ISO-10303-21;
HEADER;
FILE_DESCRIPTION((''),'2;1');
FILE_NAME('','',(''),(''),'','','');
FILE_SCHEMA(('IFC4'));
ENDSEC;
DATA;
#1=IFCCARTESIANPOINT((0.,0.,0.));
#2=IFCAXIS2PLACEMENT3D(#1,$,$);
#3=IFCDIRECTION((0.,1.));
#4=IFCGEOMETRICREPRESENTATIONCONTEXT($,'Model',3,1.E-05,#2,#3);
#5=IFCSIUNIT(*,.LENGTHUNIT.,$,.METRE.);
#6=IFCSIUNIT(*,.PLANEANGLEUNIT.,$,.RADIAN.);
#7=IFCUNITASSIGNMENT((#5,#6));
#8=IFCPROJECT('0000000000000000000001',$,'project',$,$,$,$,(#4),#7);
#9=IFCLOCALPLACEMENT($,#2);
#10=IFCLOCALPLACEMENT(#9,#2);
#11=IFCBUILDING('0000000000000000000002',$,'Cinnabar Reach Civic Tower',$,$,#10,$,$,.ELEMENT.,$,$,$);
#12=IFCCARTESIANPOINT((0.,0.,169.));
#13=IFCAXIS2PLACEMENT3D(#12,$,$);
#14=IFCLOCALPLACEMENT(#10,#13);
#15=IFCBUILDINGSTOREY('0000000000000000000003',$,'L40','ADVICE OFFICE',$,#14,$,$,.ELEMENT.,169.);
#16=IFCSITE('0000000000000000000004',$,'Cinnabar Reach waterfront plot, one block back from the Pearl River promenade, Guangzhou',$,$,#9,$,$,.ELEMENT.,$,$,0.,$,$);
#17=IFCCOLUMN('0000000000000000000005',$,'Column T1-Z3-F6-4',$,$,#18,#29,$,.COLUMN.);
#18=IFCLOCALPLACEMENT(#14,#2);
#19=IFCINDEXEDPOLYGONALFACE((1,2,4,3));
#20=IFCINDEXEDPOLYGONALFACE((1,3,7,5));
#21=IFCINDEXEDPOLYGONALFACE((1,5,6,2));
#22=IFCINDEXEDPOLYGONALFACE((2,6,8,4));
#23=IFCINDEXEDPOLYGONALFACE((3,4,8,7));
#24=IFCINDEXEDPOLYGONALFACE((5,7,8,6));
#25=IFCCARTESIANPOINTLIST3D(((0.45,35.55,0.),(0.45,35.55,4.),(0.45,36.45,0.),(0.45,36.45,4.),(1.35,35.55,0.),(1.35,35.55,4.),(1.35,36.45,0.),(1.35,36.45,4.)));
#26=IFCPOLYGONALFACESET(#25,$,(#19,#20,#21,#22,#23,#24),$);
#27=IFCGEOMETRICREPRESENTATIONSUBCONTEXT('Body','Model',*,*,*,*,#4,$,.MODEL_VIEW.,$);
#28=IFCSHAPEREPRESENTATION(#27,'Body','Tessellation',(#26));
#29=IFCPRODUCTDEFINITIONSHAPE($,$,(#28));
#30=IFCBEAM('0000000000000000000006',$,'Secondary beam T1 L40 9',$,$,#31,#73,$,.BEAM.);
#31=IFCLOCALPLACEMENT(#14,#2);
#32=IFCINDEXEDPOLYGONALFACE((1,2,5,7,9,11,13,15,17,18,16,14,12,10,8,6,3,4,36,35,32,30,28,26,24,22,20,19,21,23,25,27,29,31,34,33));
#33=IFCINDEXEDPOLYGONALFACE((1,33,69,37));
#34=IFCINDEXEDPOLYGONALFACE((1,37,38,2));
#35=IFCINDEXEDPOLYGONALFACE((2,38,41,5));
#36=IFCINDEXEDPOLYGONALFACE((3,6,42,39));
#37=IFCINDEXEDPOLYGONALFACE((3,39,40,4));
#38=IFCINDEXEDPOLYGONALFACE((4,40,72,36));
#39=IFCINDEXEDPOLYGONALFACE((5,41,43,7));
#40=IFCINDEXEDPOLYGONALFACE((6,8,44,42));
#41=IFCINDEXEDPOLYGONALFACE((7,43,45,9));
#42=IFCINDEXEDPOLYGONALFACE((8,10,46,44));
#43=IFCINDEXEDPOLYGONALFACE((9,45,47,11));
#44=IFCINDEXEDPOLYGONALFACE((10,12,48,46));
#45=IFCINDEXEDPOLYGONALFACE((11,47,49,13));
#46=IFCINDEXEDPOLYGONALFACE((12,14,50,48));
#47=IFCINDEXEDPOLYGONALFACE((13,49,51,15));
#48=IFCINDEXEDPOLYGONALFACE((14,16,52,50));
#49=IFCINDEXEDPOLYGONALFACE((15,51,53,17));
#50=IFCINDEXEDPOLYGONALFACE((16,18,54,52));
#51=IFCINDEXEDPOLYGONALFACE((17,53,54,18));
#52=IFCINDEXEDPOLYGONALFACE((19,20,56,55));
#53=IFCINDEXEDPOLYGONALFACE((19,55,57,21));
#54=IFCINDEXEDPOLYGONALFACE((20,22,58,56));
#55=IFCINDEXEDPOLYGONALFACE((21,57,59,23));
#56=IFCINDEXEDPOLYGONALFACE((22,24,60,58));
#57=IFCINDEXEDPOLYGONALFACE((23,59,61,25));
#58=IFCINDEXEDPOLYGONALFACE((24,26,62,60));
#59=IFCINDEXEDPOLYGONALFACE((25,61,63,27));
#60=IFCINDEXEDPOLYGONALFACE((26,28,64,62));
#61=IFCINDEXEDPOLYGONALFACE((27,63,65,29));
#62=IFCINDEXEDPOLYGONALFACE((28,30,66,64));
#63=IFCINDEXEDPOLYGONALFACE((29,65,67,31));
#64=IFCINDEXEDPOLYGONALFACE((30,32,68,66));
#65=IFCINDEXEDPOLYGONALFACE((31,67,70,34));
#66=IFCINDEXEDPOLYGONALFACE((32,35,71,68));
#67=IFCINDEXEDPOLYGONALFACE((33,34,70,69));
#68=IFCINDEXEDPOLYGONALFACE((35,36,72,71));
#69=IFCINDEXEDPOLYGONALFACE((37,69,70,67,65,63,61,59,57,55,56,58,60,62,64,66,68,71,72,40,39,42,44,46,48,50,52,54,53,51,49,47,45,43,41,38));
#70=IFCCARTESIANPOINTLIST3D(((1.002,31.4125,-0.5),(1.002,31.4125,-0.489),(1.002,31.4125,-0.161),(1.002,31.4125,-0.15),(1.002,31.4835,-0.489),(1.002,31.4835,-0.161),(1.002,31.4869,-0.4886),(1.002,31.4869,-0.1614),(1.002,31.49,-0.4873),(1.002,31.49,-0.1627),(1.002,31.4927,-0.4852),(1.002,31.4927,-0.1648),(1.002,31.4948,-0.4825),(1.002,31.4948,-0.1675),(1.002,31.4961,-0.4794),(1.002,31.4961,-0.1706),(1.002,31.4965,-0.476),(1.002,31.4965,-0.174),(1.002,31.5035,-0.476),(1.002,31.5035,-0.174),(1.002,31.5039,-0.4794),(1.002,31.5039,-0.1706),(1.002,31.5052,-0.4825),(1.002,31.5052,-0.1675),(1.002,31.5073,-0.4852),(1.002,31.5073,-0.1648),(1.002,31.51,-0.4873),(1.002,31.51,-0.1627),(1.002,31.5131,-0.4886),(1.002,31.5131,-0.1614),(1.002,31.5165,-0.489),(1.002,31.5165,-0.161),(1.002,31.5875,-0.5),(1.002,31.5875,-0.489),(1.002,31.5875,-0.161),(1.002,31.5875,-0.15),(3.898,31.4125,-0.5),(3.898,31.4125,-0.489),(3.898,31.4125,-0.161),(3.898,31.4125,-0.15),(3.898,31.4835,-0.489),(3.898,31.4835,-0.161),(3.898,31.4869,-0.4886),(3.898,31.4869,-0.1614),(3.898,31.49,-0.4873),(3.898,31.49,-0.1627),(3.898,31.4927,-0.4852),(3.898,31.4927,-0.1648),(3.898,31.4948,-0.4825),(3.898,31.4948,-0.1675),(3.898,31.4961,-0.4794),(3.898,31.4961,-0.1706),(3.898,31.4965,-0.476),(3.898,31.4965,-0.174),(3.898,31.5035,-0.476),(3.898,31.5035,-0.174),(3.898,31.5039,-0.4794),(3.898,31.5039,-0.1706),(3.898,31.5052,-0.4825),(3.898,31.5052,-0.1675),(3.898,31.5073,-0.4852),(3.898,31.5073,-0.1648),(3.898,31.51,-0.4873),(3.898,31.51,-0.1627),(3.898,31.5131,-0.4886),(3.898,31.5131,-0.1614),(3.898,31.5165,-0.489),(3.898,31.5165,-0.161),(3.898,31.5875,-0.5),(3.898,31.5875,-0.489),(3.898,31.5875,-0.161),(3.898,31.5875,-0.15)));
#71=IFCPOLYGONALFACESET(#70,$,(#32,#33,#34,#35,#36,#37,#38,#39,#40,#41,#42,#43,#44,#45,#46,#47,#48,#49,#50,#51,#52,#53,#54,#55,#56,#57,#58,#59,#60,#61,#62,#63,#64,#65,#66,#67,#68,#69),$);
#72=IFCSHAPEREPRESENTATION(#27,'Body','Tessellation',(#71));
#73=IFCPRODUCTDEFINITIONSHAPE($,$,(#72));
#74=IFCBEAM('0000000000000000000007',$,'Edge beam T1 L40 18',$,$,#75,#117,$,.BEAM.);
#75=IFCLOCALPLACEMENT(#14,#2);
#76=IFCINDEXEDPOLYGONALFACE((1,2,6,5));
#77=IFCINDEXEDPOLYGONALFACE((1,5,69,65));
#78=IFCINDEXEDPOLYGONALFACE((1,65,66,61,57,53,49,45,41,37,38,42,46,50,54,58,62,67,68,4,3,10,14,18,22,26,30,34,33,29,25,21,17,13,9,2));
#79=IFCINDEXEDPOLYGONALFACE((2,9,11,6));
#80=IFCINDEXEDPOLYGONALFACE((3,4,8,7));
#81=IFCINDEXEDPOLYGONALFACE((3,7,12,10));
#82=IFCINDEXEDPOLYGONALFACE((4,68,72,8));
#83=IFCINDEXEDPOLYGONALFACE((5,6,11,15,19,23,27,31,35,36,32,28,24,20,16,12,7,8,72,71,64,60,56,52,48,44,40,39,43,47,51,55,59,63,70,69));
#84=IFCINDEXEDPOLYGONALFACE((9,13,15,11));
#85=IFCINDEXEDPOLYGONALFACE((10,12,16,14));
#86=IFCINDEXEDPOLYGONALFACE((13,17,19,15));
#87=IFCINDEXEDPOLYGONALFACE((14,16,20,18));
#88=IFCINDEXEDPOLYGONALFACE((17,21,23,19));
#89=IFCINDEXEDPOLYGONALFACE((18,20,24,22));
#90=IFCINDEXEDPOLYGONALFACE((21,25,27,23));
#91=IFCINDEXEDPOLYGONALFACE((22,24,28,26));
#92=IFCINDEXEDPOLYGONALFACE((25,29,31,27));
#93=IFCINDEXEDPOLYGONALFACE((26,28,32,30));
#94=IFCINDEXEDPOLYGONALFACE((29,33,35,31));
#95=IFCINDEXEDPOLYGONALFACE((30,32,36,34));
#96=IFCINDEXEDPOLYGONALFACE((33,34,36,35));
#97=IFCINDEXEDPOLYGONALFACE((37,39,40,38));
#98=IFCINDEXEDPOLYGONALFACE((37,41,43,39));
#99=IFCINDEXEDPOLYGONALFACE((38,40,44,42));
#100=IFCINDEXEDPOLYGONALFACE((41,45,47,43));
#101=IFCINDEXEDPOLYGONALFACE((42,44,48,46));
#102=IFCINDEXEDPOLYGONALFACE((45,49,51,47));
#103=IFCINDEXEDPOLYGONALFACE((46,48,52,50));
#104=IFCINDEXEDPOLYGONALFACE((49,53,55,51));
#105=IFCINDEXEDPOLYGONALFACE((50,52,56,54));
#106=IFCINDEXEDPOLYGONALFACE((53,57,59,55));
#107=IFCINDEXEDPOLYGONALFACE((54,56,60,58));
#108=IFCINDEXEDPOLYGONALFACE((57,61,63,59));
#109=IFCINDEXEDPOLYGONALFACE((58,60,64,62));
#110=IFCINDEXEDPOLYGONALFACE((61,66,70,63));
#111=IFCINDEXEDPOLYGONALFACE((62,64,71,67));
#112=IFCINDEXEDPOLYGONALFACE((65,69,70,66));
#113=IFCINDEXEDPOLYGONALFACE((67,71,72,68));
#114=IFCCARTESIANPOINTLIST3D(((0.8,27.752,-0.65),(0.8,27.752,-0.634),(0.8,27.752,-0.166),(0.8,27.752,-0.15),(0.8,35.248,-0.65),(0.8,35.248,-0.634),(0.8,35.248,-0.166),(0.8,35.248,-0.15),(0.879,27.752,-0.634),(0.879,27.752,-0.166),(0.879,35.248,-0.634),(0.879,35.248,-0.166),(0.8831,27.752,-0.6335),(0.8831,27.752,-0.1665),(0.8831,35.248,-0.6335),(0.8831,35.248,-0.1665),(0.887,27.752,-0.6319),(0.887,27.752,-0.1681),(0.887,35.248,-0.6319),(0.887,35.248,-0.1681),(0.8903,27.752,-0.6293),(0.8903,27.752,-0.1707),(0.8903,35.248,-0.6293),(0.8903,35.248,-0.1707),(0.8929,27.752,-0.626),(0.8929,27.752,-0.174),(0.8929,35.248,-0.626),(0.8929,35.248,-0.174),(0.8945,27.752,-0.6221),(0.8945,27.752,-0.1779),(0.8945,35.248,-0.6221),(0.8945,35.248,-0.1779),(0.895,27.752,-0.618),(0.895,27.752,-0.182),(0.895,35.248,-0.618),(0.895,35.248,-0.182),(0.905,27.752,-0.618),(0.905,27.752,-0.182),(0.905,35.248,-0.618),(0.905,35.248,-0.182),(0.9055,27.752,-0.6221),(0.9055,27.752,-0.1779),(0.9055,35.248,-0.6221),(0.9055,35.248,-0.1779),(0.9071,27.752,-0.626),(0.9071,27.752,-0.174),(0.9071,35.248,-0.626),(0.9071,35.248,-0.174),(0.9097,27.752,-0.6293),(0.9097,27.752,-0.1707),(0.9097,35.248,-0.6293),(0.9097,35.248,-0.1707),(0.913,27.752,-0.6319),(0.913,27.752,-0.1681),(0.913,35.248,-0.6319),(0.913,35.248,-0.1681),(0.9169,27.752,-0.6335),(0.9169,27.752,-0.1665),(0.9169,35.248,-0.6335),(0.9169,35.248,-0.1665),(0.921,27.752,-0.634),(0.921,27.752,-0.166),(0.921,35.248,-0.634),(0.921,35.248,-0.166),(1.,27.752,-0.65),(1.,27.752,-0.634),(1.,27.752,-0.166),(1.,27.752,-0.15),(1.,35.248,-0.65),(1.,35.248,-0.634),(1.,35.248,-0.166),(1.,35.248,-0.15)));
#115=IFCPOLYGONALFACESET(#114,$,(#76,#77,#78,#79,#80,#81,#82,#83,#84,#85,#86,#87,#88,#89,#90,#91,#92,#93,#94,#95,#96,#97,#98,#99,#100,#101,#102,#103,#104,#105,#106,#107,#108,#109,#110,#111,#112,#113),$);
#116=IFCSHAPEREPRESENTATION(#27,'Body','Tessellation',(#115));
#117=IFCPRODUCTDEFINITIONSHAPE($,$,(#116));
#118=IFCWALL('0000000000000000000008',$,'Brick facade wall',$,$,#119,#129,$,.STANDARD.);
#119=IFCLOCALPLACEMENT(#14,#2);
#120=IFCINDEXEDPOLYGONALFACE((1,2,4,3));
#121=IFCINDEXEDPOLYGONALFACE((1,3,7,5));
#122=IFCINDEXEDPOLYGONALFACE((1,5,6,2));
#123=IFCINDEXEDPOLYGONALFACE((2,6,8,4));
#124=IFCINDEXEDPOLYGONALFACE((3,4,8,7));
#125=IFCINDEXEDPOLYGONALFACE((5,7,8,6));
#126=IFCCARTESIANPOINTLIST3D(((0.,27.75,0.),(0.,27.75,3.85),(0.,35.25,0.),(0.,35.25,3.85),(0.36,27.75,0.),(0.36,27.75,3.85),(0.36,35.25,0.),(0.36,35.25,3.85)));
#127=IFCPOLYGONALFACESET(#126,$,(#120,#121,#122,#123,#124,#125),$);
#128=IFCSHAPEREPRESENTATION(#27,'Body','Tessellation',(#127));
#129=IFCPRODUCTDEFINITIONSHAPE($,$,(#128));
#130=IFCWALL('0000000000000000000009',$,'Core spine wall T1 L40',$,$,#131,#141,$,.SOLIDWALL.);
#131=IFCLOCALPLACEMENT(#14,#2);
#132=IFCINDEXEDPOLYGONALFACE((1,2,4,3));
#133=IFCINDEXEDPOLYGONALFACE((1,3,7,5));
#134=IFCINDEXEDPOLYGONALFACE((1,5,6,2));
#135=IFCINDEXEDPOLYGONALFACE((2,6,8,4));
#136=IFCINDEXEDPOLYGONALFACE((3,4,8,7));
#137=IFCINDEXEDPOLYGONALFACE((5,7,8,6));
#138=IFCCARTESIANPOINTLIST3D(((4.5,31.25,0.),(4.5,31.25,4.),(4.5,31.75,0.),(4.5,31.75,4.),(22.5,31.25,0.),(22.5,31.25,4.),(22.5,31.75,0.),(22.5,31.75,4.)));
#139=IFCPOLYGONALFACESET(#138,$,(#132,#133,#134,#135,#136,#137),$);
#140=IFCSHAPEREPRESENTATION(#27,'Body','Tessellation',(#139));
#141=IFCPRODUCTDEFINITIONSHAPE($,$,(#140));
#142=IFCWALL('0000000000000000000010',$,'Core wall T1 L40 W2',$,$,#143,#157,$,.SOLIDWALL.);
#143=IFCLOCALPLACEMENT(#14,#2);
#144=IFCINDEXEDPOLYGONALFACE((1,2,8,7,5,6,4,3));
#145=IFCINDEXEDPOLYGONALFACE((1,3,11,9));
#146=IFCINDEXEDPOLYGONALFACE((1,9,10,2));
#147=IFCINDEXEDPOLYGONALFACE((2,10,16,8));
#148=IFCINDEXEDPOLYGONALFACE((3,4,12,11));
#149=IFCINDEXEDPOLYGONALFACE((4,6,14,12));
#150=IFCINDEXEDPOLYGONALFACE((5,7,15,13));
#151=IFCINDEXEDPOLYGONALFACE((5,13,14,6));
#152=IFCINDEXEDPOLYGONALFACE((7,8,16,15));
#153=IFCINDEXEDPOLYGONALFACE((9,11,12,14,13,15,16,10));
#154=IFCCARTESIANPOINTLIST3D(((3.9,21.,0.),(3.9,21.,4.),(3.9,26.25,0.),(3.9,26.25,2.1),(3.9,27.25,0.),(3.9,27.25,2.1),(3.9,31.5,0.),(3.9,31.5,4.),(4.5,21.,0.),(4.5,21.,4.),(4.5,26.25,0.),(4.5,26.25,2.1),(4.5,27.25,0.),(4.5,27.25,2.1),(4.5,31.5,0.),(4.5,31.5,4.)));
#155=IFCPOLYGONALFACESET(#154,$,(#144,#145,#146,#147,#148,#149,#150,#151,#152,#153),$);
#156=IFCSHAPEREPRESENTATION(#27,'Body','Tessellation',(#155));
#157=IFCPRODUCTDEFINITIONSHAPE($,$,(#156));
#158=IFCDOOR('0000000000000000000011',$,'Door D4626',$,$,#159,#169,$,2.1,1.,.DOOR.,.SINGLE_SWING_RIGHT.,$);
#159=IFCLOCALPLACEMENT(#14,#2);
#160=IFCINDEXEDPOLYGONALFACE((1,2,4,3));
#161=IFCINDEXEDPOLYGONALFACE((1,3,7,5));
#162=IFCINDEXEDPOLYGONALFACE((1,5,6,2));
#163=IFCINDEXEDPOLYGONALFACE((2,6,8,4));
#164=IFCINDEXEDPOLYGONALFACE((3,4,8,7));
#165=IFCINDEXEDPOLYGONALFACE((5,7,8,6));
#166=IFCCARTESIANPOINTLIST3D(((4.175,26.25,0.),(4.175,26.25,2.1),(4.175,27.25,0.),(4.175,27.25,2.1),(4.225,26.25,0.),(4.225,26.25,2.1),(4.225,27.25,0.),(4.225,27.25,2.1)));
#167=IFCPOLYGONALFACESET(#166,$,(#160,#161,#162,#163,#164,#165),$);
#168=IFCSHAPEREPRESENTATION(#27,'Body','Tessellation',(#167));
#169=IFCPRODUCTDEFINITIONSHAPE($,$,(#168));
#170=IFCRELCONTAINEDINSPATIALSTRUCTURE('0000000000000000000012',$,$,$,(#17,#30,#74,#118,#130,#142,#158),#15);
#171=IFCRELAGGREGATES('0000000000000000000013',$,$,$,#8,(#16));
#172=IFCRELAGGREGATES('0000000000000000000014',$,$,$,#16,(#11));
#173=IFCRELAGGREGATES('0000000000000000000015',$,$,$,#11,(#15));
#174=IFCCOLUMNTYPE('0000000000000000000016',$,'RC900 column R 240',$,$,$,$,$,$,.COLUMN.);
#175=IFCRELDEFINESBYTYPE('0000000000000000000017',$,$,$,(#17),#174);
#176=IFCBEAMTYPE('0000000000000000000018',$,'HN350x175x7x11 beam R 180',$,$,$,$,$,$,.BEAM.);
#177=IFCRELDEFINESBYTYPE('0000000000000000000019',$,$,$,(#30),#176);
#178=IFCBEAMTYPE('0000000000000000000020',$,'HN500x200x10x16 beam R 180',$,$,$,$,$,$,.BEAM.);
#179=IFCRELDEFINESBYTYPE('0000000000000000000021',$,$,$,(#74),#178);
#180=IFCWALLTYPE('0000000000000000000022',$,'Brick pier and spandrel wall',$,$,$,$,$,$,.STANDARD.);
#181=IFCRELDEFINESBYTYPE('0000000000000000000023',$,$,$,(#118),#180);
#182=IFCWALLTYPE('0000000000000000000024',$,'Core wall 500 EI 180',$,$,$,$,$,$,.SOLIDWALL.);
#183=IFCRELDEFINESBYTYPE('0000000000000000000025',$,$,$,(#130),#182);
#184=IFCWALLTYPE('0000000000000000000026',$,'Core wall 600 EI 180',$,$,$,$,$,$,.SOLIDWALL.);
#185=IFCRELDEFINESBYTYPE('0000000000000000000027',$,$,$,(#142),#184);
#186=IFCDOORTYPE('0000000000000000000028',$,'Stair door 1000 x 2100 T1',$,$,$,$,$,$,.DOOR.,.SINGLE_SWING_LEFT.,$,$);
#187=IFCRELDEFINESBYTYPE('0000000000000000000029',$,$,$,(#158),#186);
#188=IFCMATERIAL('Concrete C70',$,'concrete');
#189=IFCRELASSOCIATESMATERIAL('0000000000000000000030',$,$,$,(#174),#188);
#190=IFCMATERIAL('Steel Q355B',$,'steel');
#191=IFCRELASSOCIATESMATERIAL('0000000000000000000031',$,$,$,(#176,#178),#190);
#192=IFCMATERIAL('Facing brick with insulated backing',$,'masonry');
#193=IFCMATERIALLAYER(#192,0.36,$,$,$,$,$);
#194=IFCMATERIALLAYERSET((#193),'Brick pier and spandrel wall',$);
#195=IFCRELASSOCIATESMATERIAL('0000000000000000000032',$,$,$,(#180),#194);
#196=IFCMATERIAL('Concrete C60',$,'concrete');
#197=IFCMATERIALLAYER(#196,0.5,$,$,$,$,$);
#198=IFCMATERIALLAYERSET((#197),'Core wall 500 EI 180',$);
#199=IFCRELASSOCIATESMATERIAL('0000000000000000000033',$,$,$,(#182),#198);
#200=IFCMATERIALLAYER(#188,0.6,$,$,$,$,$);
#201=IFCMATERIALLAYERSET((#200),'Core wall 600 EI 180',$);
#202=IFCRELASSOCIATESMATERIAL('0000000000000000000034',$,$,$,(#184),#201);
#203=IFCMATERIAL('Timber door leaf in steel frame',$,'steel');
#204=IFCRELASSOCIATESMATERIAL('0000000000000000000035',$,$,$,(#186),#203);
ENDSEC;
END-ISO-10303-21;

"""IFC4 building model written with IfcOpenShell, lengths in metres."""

from ifc_helpers import new_model, si_unit, direction, frame, frame_2d, origin, origin_2d, place, context, subcontext, project, spatial, rectangle, i_section, extrude, material, layer, layer_set, material_profile, profile_set, type_object, element, fill, save


model = new_model("IFC4")

# Units and contexts
model_context = context("Model", 3, precision=1e-05, world=origin(), true_north=direction((0.0, 1.0)))
body_context = subcontext(model_context, "Body", "Model", "MODEL_VIEW")
ifc_project = project(units=[si_unit("LENGTHUNIT", "METRE"), si_unit("PLANEANGLEUNIT", "RADIAN")], contexts=[model_context])

# Site, building, storey
site_placement = place(None, origin())
site = spatial("IfcSite", under=ifc_project, at=site_placement, Name="Cinnabar Reach waterfront plot, one block back from the Pearl River promenade, Guangzhou", CompositionType="ELEMENT", RefElevation=0.0)
building_placement = place(site_placement, origin())
building = spatial("IfcBuilding", under=site, at=building_placement, Name="Cinnabar Reach Civic Tower", CompositionType="ELEMENT")
storey_placement = place(building_placement, frame((0.0, 0.0, 169.0)))
storey = spatial("IfcBuildingStorey", under=building, at=storey_placement, Name="L40", Description="ADVICE OFFICE", CompositionType="ELEMENT", Elevation=169.0)

# Column
ifc_material_1 = material(Name="Concrete C70", Category="concrete")
ifc_material_profile_1 = material_profile(ifc_material_1, rectangle(XDim=0.9, YDim=0.9, at=origin_2d()), Name="RC900")
ifc_profile_set_1 = profile_set([ifc_material_profile_1], Name="Concrete C70")
column_type = type_object("IfcColumnType", Name="RC900 column R 240", PredefinedType="COLUMN", material=ifc_profile_set_1)
column_placement = place(storey_placement, frame((0.9, 36.0, 0.0), z_axis=(0.0, 0.0, 1.0), x_axis=(1.0, 0.0, 0.0)))
element("IfcColumn", 1, at=column_placement, inside=storey, type_object=column_type, Name="Column T1-Z3-F6-4", PredefinedType="COLUMN", context=body_context, shape_type="SweptSolid", body=[
    extrude(rectangle(XDim=0.9, YDim=0.9, at=origin_2d()), origin(), (0.0, 0.0, 1.0), 4.0),
])

# Beams
ifc_material_2 = material(Name="Steel Q355B", Category="steel")
ifc_material_profile_2 = material_profile(ifc_material_2, i_section(OverallWidth=0.175, OverallDepth=0.35, WebThickness=0.007, FlangeThickness=0.011, FilletRadius=0.013, at=origin_2d()), Name="HN350x175x7x11")
ifc_profile_set_2 = profile_set([ifc_material_profile_2], Name="Steel Q355B")
beam_type_1 = type_object("IfcBeamType", Name="HN350x175x7x11 beam R 180", PredefinedType="BEAM", material=ifc_profile_set_2)
beam_1_placement = place(storey_placement, frame((1.002, 31.5, -0.325), z_axis=(1.0, 0.0, 0.0), x_axis=(0.0, 1.0, 0.0)))
element("IfcBeam", 2, at=beam_1_placement, inside=storey, type_object=beam_type_1, Name="Secondary beam T1 L40 9", PredefinedType="BEAM", context=body_context, shape_type="SweptSolid", body=[
    extrude(i_section(OverallWidth=0.175, OverallDepth=0.35, WebThickness=0.007, FlangeThickness=0.011, FilletRadius=0.013, at=origin_2d()), origin(), (0.0, 0.0, 1.0), 2.896),
])
ifc_material_profile_3 = material_profile(ifc_material_2, i_section(OverallWidth=0.2, OverallDepth=0.5, WebThickness=0.01, FlangeThickness=0.016, FilletRadius=0.016, at=origin_2d()), Name="HN500x200x10x16")
ifc_profile_set_3 = profile_set([ifc_material_profile_3], Name="Steel Q355B")
beam_type_2 = type_object("IfcBeamType", Name="HN500x200x10x16 beam R 180", PredefinedType="BEAM", material=ifc_profile_set_3)
beam_2_placement = place(storey_placement, frame((0.9, 35.248, -0.4), z_axis=(0.0, -1.0, 0.0), x_axis=(1.0, 0.0, 0.0)))
element("IfcBeam", 3, at=beam_2_placement, inside=storey, type_object=beam_type_2, Name="Edge beam T1 L40 18", PredefinedType="BEAM", context=body_context, shape_type="SweptSolid", body=[
    extrude(i_section(OverallWidth=0.2, OverallDepth=0.5, WebThickness=0.01, FlangeThickness=0.016, FilletRadius=0.016, at=origin_2d()), origin(), (0.0, 0.0, 1.0), 7.496),
])

# Walls
ifc_material_3 = material(Name="Facing brick with insulated backing", Category="masonry")
ifc_layer_1 = layer(ifc_material_3, 0.36)
ifc_layer_set_1 = layer_set([ifc_layer_1], Name="Brick pier and spandrel wall")
wall_type_1 = type_object("IfcWallType", Name="Brick pier and spandrel wall", PredefinedType="STANDARD", material=ifc_layer_set_1)
wall_1_placement = place(storey_placement, frame((0.18, 35.25, 0.0), z_axis=(0.0, 0.0, 1.0), x_axis=(0.0, -1.0, 0.0)))
element("IfcWall", 4, at=wall_1_placement, inside=storey, type_object=wall_type_1, Name="Brick facade wall", PredefinedType="STANDARD", context=body_context, shape_type="SweptSolid", body=[
    extrude(rectangle(XDim=7.5, YDim=0.36, at=frame_2d((3.75, 0.0))), origin(), (0.0, 0.0, 1.0), 3.85),
])
ifc_material_4 = material(Name="Concrete C60", Category="concrete")
ifc_layer_2 = layer(ifc_material_4, 0.5)
ifc_layer_set_2 = layer_set([ifc_layer_2], Name="Core wall 500 EI 180")
wall_type_2 = type_object("IfcWallType", Name="Core wall 500 EI 180", PredefinedType="SOLIDWALL", material=ifc_layer_set_2)
wall_2_placement = place(storey_placement, frame((4.5, 31.5, 0.0), z_axis=(0.0, 0.0, 1.0), x_axis=(1.0, 0.0, 0.0)))
element("IfcWall", 5, at=wall_2_placement, inside=storey, type_object=wall_type_2, Name="Core spine wall T1 L40", PredefinedType="SOLIDWALL", context=body_context, shape_type="SweptSolid", body=[
    extrude(rectangle(XDim=18.0, YDim=0.5, at=frame_2d((9.0, 0.0))), origin(), (0.0, 0.0, 1.0), 4.0),
])

# Wall, opening, door
ifc_layer_3 = layer(ifc_material_1, 0.6)
ifc_layer_set_3 = layer_set([ifc_layer_3], Name="Core wall 600 EI 180")
wall_type_3 = type_object("IfcWallType", Name="Core wall 600 EI 180", PredefinedType="SOLIDWALL", material=ifc_layer_set_3)
wall_3_placement = place(storey_placement, frame((4.2, 31.5, 0.0), z_axis=(0.0, 0.0, 1.0), x_axis=(0.0, -1.0, 0.0)))
wall_3 = element("IfcWall", 6, at=wall_3_placement, inside=storey, type_object=wall_type_3, Name="Core wall T1 L40 W2", PredefinedType="SOLIDWALL", context=body_context, shape_type="SweptSolid", body=[
    extrude(rectangle(XDim=10.5, YDim=0.6, at=frame_2d((5.25, 0.0))), origin(), (0.0, 0.0, 1.0), 4.0),
])
opening_1_placement = place(wall_3_placement, frame((4.25, 0.0, 0.0)))
opening_1 = element("IfcOpeningElement", 7, at=opening_1_placement, cuts=wall_3, PredefinedType="OPENING", context=body_context, shape_type="SweptSolid", body=[
    extrude(rectangle(XDim=1.0, YDim=2.1, at=frame_2d((0.5, 1.05))), frame((0.0, 0.31, 0.0), z_axis=(0.0, -1.0, 0.0), x_axis=(1.0, 0.0, 0.0)), (0.0, 0.0, 1.0), 0.62),
])
ifc_material_5 = material(Name="Timber door leaf in steel frame", Category="steel")
door_type_1 = type_object("IfcDoorType", Name="Stair door 1000 x 2100 T1", OperationType="SINGLE_SWING_LEFT", PredefinedType="DOOR", material=ifc_material_5)
door_1_placement = place(opening_1_placement, frame((1.0, 0.0, 0.0), z_axis=(0.0, 0.0, 1.0), x_axis=(-1.0, 0.0, 0.0)))
door_1 = element("IfcDoor", 8, at=door_1_placement, inside=storey, type_object=door_type_1, Name="Door D4626", OperationType="SINGLE_SWING_RIGHT", OverallHeight=2.1, OverallWidth=1.0, PredefinedType="DOOR", context=body_context, shape_type="SweptSolid", body=[
    extrude(rectangle(XDim=1.0, YDim=2.1, at=frame_2d((0.5, 1.05))), frame((0.0, 0.025, 0.0), z_axis=(0.0, -1.0, 0.0), x_axis=(1.0, 0.0, 0.0)), (0.0, 0.0, 1.0), 0.05),
])
fill(opening_1, door_1)

save(model, "model.ifc")
